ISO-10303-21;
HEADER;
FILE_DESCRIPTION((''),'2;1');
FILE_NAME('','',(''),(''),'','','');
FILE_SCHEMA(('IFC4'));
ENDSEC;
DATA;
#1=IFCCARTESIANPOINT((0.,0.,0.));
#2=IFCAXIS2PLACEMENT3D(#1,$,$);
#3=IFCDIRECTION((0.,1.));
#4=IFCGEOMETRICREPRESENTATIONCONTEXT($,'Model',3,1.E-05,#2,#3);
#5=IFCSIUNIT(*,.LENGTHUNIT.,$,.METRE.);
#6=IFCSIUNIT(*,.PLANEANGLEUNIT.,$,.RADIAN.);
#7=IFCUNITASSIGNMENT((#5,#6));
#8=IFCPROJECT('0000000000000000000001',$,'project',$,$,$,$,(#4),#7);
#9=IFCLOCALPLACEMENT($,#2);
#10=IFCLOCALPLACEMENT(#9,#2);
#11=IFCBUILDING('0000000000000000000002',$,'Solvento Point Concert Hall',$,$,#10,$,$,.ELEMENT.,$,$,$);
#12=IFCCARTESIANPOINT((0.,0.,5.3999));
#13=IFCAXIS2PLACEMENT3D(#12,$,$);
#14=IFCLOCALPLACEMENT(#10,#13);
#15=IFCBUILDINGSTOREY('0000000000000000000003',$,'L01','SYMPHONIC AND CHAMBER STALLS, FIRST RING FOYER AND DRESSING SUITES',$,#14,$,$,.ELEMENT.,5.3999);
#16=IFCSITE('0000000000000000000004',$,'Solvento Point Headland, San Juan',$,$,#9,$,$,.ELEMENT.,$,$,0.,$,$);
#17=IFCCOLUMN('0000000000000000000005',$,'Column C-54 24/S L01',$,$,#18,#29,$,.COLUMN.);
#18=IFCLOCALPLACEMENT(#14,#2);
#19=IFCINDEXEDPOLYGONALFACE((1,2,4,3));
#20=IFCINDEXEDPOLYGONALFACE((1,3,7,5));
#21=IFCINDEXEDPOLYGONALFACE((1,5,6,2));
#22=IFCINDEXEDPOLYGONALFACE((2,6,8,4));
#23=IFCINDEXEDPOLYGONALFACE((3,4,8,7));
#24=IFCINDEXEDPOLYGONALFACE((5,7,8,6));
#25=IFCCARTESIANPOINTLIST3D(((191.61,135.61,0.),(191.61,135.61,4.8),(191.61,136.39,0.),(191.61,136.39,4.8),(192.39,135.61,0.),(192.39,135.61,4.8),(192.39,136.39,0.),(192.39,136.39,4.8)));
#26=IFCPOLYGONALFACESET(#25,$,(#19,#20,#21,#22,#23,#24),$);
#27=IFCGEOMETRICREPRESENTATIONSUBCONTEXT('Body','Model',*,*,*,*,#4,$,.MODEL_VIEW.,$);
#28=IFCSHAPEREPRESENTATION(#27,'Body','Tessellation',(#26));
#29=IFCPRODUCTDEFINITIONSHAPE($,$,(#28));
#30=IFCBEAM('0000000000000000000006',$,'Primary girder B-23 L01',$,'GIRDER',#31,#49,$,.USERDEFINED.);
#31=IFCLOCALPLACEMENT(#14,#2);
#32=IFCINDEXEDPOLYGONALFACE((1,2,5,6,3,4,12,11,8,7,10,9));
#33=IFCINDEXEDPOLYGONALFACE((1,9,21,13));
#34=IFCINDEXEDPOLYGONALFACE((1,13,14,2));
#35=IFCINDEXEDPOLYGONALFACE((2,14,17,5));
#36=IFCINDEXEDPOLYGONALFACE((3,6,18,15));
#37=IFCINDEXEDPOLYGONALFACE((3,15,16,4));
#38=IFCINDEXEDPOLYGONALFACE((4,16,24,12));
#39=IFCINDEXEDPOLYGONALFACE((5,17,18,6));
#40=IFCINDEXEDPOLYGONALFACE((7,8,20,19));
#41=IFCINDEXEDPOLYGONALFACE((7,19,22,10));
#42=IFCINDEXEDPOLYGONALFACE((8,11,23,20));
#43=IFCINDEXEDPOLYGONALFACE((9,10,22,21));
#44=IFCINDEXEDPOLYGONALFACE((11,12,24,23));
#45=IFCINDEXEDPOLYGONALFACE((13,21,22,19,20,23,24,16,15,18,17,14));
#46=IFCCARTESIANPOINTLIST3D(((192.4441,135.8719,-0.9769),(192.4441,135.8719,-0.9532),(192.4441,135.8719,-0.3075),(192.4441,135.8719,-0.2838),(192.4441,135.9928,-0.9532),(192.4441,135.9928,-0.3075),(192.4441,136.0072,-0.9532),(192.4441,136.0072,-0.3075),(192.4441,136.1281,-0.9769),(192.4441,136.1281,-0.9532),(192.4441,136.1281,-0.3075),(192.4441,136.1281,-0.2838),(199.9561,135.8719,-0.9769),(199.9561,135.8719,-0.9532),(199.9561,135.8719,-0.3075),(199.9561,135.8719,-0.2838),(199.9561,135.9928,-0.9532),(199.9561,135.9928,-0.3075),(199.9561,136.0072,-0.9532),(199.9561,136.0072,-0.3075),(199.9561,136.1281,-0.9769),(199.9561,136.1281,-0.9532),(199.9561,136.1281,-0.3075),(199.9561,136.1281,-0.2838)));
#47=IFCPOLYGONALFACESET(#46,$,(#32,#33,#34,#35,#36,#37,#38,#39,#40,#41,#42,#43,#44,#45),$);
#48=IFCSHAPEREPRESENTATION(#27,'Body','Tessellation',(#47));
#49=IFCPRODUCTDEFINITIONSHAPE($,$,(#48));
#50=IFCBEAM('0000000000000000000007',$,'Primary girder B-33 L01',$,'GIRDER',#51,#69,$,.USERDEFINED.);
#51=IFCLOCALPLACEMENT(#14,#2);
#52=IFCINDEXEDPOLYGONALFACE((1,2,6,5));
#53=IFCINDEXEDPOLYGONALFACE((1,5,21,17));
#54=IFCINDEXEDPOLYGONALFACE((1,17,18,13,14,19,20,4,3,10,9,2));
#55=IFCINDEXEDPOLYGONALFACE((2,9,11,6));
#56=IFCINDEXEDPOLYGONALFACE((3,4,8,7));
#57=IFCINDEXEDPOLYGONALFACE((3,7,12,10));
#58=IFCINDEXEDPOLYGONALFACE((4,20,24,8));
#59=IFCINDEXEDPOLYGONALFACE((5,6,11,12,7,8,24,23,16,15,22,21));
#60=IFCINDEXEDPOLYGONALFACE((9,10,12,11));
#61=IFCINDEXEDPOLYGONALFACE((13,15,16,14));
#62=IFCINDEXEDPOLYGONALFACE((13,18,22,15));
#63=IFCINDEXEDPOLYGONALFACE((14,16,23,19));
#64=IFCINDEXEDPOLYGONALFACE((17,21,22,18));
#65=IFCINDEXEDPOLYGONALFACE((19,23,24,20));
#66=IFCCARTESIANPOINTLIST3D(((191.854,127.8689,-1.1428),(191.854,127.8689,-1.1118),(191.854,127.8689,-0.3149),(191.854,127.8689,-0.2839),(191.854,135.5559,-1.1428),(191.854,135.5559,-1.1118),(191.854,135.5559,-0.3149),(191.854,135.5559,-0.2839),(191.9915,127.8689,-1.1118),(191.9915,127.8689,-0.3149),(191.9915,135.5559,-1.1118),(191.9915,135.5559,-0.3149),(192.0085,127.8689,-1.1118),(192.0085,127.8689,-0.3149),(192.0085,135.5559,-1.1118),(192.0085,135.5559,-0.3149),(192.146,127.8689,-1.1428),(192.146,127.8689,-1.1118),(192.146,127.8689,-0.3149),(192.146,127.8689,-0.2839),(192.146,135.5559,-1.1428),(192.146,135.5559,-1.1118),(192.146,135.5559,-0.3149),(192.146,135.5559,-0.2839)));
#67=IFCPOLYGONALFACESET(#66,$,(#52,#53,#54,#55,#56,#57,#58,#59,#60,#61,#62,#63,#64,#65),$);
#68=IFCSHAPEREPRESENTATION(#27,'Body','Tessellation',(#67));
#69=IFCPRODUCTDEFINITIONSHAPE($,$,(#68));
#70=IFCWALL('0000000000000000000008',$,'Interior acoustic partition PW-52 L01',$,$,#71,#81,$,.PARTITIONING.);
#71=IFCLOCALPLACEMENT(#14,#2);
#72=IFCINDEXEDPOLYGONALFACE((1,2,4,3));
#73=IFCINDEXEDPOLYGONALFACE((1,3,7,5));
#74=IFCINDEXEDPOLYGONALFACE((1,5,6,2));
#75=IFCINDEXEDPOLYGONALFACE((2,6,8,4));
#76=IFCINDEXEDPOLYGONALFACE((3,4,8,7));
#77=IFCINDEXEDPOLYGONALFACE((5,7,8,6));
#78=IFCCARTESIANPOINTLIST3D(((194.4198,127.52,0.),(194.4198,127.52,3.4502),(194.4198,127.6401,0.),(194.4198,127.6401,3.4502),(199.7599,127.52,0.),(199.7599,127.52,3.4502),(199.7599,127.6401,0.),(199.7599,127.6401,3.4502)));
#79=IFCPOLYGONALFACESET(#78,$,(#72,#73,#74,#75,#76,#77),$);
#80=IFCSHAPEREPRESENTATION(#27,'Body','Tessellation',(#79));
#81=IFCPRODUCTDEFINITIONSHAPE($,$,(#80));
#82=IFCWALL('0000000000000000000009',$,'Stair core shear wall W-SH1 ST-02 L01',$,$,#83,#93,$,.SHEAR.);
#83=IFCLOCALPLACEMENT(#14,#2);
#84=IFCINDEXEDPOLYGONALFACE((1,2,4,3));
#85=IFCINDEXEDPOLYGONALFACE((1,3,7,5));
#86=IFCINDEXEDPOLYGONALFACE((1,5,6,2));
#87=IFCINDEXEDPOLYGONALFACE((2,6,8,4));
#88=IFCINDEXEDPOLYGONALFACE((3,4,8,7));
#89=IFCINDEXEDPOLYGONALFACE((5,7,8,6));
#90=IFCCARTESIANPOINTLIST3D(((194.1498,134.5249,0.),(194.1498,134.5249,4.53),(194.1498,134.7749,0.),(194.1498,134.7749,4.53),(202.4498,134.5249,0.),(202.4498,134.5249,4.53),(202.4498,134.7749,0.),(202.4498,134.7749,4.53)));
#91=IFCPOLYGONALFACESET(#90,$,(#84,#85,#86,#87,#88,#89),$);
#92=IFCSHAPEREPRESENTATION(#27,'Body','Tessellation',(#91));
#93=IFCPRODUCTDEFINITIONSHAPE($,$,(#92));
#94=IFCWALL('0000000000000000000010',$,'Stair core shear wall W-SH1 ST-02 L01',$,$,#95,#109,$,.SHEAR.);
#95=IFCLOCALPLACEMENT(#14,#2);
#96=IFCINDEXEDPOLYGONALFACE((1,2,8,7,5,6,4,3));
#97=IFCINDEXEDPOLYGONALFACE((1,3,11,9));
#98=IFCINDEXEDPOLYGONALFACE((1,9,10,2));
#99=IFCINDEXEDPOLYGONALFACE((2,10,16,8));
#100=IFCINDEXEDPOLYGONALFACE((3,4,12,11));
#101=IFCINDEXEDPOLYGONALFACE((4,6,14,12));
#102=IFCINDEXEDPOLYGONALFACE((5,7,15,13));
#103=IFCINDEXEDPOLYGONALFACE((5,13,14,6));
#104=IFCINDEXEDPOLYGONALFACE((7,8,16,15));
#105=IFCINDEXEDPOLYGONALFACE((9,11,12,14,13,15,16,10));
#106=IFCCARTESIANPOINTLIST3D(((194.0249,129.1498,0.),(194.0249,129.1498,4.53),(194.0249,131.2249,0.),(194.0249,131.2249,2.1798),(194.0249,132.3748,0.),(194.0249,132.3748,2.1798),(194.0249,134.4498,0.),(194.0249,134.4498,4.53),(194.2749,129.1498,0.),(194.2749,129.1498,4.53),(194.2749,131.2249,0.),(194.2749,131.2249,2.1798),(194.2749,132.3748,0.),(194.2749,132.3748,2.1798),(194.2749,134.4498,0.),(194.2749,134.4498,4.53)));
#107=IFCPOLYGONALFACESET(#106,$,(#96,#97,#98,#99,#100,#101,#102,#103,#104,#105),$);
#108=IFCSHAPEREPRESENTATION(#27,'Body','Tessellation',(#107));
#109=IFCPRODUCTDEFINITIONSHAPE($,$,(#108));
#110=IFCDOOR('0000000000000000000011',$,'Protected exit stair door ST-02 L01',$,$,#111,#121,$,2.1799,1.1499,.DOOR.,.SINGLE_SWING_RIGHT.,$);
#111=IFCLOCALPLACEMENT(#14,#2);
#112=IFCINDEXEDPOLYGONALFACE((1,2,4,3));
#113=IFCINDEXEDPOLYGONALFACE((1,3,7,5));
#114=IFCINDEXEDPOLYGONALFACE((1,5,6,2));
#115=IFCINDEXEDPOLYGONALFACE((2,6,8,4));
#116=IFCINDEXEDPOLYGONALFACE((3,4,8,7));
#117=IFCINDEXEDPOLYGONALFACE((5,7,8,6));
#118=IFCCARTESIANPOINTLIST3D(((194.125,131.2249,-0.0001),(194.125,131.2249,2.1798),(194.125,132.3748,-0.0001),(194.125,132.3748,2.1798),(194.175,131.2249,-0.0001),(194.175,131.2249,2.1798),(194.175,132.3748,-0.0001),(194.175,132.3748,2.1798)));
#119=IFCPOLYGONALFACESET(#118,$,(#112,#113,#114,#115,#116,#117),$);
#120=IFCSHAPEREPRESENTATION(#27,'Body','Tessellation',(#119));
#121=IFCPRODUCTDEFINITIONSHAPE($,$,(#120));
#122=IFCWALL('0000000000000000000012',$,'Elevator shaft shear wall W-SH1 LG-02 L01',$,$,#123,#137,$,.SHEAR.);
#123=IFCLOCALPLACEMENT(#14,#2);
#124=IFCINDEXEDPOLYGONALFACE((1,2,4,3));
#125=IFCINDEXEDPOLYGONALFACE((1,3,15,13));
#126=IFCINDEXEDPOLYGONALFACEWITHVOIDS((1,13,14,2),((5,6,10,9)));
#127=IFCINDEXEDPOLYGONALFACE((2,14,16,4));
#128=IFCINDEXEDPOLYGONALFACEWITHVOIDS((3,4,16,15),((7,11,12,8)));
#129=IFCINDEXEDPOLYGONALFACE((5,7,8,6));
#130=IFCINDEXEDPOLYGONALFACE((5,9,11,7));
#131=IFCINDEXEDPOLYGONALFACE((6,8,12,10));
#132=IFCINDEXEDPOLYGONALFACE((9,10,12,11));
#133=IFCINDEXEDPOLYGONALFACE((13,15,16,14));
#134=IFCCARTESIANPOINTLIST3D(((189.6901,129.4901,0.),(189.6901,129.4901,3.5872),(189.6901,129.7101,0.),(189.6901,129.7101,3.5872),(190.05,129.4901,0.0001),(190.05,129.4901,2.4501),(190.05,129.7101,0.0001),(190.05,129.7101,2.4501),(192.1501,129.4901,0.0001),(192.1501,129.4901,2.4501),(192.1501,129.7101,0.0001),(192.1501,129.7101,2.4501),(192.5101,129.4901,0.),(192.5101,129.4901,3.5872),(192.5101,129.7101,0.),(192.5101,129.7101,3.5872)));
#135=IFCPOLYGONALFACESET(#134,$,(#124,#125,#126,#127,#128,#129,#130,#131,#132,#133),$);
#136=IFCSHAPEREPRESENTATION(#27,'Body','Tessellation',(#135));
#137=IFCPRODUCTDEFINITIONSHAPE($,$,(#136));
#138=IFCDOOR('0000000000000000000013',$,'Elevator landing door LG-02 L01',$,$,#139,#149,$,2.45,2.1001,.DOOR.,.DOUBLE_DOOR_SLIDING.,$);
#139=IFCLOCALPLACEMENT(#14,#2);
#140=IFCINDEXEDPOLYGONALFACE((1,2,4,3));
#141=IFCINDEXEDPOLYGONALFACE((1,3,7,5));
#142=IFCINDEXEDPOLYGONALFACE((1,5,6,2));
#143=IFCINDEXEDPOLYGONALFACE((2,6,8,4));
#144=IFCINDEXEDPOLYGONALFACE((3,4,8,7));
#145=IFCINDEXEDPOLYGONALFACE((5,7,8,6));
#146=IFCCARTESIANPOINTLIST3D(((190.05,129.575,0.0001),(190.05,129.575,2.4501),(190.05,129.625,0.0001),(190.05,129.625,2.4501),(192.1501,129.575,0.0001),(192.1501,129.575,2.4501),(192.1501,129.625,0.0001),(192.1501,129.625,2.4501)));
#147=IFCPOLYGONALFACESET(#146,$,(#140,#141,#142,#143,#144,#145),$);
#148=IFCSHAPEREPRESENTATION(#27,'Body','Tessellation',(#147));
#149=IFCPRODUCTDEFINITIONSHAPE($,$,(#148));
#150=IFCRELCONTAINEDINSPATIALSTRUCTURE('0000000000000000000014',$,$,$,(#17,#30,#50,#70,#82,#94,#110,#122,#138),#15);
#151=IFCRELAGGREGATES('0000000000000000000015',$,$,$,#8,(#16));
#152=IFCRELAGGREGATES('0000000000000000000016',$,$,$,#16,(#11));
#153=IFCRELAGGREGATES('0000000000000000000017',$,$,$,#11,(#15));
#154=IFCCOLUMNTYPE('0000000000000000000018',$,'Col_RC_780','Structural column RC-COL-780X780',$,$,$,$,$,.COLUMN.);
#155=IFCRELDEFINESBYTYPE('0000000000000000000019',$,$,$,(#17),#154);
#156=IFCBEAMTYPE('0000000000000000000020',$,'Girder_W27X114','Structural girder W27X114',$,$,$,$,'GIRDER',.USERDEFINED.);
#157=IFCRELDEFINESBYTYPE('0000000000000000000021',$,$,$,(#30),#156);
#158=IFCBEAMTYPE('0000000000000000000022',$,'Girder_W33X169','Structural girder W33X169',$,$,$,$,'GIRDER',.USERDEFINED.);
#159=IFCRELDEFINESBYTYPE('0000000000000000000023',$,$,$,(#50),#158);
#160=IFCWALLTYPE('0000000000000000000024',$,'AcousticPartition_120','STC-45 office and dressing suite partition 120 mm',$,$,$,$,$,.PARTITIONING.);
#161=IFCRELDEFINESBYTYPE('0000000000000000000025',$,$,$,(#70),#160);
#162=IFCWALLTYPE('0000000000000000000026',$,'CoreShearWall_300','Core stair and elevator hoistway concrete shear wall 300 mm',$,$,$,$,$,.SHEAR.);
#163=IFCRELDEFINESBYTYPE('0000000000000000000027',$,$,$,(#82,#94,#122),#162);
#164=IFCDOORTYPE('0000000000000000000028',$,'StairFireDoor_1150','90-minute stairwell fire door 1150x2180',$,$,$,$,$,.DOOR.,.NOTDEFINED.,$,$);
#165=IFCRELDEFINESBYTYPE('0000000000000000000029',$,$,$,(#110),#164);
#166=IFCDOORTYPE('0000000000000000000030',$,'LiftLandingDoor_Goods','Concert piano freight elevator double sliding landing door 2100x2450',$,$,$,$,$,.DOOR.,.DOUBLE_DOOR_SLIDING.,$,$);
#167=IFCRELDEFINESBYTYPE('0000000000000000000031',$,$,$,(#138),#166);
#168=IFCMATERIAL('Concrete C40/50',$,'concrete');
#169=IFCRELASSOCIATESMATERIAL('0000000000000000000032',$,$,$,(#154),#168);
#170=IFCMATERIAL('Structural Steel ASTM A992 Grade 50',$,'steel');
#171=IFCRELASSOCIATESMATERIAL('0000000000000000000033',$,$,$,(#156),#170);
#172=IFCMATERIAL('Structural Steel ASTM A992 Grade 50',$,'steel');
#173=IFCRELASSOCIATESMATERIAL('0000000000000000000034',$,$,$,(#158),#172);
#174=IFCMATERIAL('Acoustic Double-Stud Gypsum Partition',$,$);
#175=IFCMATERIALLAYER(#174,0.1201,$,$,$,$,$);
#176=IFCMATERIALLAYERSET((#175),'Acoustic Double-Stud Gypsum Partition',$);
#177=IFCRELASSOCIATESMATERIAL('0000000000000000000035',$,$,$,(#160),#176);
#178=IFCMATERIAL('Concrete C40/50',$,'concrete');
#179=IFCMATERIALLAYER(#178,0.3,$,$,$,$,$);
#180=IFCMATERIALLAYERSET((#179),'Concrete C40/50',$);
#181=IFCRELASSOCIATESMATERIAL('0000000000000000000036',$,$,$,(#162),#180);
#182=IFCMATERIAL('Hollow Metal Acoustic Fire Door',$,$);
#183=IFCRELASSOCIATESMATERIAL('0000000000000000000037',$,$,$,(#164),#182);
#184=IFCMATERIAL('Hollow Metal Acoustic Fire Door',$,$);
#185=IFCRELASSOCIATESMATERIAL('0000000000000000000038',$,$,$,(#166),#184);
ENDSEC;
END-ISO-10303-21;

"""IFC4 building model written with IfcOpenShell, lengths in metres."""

from ifc_helpers import new_model, si_unit, direction, frame, frame_2d, origin, origin_2d, place, context, subcontext, project, spatial, rectangle, i_section, extrude, material, layer, layer_set, material_profile, profile_set, type_object, element, fill, save


model = new_model("IFC4")

# Units and contexts
model_context = context("Model", 3, precision=1e-05, world=origin(), true_north=direction((0.0, 1.0)))
body_context = subcontext(model_context, "Body", "Model", "MODEL_VIEW")
ifc_project = project(units=[si_unit("LENGTHUNIT", "METRE"), si_unit("PLANEANGLEUNIT", "RADIAN")], contexts=[model_context])

# Site, building, storey
site_placement = place(None, origin())
site = spatial("IfcSite", under=ifc_project, at=site_placement, Name="Solvento Point Headland, San Juan", CompositionType="ELEMENT", RefElevation=0.0)
building_placement = place(site_placement, origin())
building = spatial("IfcBuilding", under=site, at=building_placement, Name="Solvento Point Concert Hall", CompositionType="ELEMENT")
storey_placement = place(building_placement, frame((0.0, 0.0, 5.3999)))
storey = spatial("IfcBuildingStorey", under=building, at=storey_placement, Name="L01", Description="SYMPHONIC AND CHAMBER STALLS, FIRST RING FOYER AND DRESSING SUITES", CompositionType="ELEMENT", Elevation=5.3999)

# Column
ifc_material_1 = material(Name="Concrete C40/50", Category="concrete")
ifc_material_profile_1 = material_profile(ifc_material_1, rectangle(XDim=0.78, YDim=0.78, at=origin_2d()), Name="RC-COL-780X780")
ifc_profile_set_1 = profile_set([ifc_material_profile_1], Name="Concrete C40/50")
column_type = type_object("IfcColumnType", Name="Col_RC_780", Description="Structural column RC-COL-780X780", PredefinedType="COLUMN", material=ifc_profile_set_1)
column_placement = place(storey_placement, frame((192.0, 136.0, 0.0), z_axis=(0.0, 0.0, 1.0), x_axis=(1.0, 0.0, 0.0)))
element("IfcColumn", 1, at=column_placement, inside=storey, type_object=column_type, Name="Column C-54 24/S L01", PredefinedType="COLUMN", context=body_context, shape_type="SweptSolid", body=[
    extrude(rectangle(XDim=0.78, YDim=0.78, at=origin_2d()), origin(), (0.0, 0.0, 1.0), 4.8),
])

# Beams
ifc_material_2 = material(Name="Structural Steel ASTM A992 Grade 50", Category="steel")
ifc_material_profile_2 = material_profile(ifc_material_2, i_section(OverallWidth=0.2561, OverallDepth=0.6931, WebThickness=0.0144, FlangeThickness=0.0237, at=origin_2d()), Name="W27X114")
ifc_profile_set_2 = profile_set([ifc_material_profile_2], Name="Structural Steel ASTM A992 Grade 50")
beam_type_1 = type_object("IfcBeamType", Name="Girder_W27X114", Description="Structural girder W27X114", ElementType="GIRDER", PredefinedType="USERDEFINED", material=ifc_profile_set_2)
beam_1_placement = place(storey_placement, frame((192.4441, 136.0, -0.6304), z_axis=(1.0, 0.0, 0.0), x_axis=(0.0, 1.0, 0.0)))
element("IfcBeam", 2, at=beam_1_placement, inside=storey, type_object=beam_type_1, Name="Primary girder B-23 L01", ObjectType="GIRDER", PredefinedType="USERDEFINED", context=body_context, shape_type="SweptSolid", body=[
    extrude(i_section(OverallWidth=0.2561, OverallDepth=0.6931, WebThickness=0.0144, FlangeThickness=0.0237, at=origin_2d()), origin(), (0.0, 0.0, 1.0), 7.512),
])
ifc_material_3 = material(Name="Structural Steel ASTM A992 Grade 50", Category="steel")
ifc_material_profile_3 = material_profile(ifc_material_3, i_section(OverallWidth=0.292, OverallDepth=0.8589, WebThickness=0.0171, FlangeThickness=0.031, at=origin_2d()), Name="W33X169")
ifc_profile_set_3 = profile_set([ifc_material_profile_3], Name="Structural Steel ASTM A992 Grade 50")
beam_type_2 = type_object("IfcBeamType", Name="Girder_W33X169", Description="Structural girder W33X169", ElementType="GIRDER", PredefinedType="USERDEFINED", material=ifc_profile_set_3)
beam_2_placement = place(storey_placement, frame((192.0, 127.8689, -0.7134), z_axis=(0.0, 1.0, 0.0), x_axis=(-1.0, 0.0, 0.0)))
element("IfcBeam", 3, at=beam_2_placement, inside=storey, type_object=beam_type_2, Name="Primary girder B-33 L01", ObjectType="GIRDER", PredefinedType="USERDEFINED", context=body_context, shape_type="SweptSolid", body=[
    extrude(i_section(OverallWidth=0.292, OverallDepth=0.8589, WebThickness=0.0171, FlangeThickness=0.031, at=origin_2d()), origin(), (0.0, 0.0, 1.0), 7.687),
])

# Walls
ifc_material_4 = material(Name="Acoustic Double-Stud Gypsum Partition")
ifc_layer_1 = layer(ifc_material_4, 0.1201)
ifc_layer_set_1 = layer_set([ifc_layer_1], Name="Acoustic Double-Stud Gypsum Partition")
wall_type_1 = type_object("IfcWallType", Name="AcousticPartition_120", Description="STC-45 office and dressing suite partition 120 mm", PredefinedType="PARTITIONING", material=ifc_layer_set_1)
wall_1_placement = place(storey_placement, frame((194.4199, 127.5801, 0.0), z_axis=(0.0, 0.0, 1.0), x_axis=(1.0, 0.0, 0.0)))
element("IfcWall", 4, at=wall_1_placement, inside=storey, type_object=wall_type_1, Name="Interior acoustic partition PW-52 L01", PredefinedType="PARTITIONING", context=body_context, shape_type="SweptSolid", body=[
    extrude(rectangle(XDim=5.3401, YDim=0.1201, at=frame_2d((2.6699, 0.0))), origin(), (0.0, 0.0, 1.0), 3.4502),
])
ifc_material_5 = material(Name="Concrete C40/50", Category="concrete")
ifc_layer_2 = layer(ifc_material_5, 0.3)
ifc_layer_set_2 = layer_set([ifc_layer_2], Name="Concrete C40/50")
wall_type_2 = type_object("IfcWallType", Name="CoreShearWall_300", Description="Core stair and elevator hoistway concrete shear wall 300 mm", PredefinedType="SHEAR", material=ifc_layer_set_2)
wall_2_placement = place(storey_placement, frame((194.1499, 134.6499, 0.0), z_axis=(0.0, 0.0, 1.0), x_axis=(1.0, 0.0, 0.0)))
element("IfcWall", 5, at=wall_2_placement, inside=storey, type_object=wall_type_2, Name="Stair core shear wall W-SH1 ST-02 L01", PredefinedType="SHEAR", context=body_context, shape_type="SweptSolid", body=[
    extrude(rectangle(XDim=8.3, YDim=0.25, at=frame_2d((4.1499, 0.0))), origin(), (0.0, 0.0, 1.0), 4.53),
])

# Walls, openings, doors
wall_3_placement = place(storey_placement, frame((194.1499, 129.1499, 0.0), z_axis=(0.0, 0.0, 1.0), x_axis=(0.0, 1.0, 0.0)))
wall_3 = element("IfcWall", 6, at=wall_3_placement, inside=storey, type_object=wall_type_2, Name="Stair core shear wall W-SH1 ST-02 L01", PredefinedType="SHEAR", context=body_context, shape_type="SweptSolid", body=[
    extrude(rectangle(XDim=5.3, YDim=0.25, at=frame_2d((2.6499, 0.0))), origin(), (0.0, 0.0, 1.0), 4.53),
])
opening_1_placement = place(wall_3_placement, frame((2.075, 0.0, 0.0)))
opening_1 = element("IfcOpeningElement", 7, at=opening_1_placement, cuts=wall_3, PredefinedType="OPENING", context=body_context, shape_type="SweptSolid", body=[
    extrude(rectangle(XDim=1.1499, YDim=2.1799, at=frame_2d((0.575, 1.0898))), frame((0.0, 0.135, 0.0), z_axis=(0.0, -1.0, 0.0), x_axis=(1.0, 0.0, 0.0)), (0.0, 0.0, 1.0), 0.27),
])
ifc_material_6 = material(Name="Hollow Metal Acoustic Fire Door")
door_type_1 = type_object("IfcDoorType", Name="StairFireDoor_1150", Description="90-minute stairwell fire door 1150x2180", OperationType="NOTDEFINED", PredefinedType="DOOR", material=ifc_material_6)
door_1_placement = place(opening_1_placement, origin())
door_1 = element("IfcDoor", 8, at=door_1_placement, inside=storey, type_object=door_type_1, Name="Protected exit stair door ST-02 L01", OperationType="SINGLE_SWING_RIGHT", OverallHeight=2.1799, OverallWidth=1.1499, PredefinedType="DOOR", context=body_context, shape_type="SweptSolid", body=[
    extrude(rectangle(XDim=1.1499, YDim=2.1799, at=frame_2d((0.575, 1.0898))), frame((0.0, 0.0249, 0.0), z_axis=(0.0, -1.0, 0.0), x_axis=(1.0, 0.0, 0.0)), (0.0, 0.0, 1.0), 0.05),
])
fill(opening_1, door_1)
wall_4_placement = place(storey_placement, frame((189.6899, 129.6001, 0.0), z_axis=(0.0, 0.0, 1.0), x_axis=(1.0, 0.0, 0.0)))
wall_4 = element("IfcWall", 9, at=wall_4_placement, inside=storey, type_object=wall_type_2, Name="Elevator shaft shear wall W-SH1 LG-02 L01", PredefinedType="SHEAR", context=body_context, shape_type="SweptSolid", body=[
    extrude(rectangle(XDim=2.8201, YDim=0.22, at=frame_2d((1.4102, 0.0))), origin(), (0.0, 0.0, 1.0), 3.5872),
])
opening_2_placement = place(wall_4_placement, frame((0.3601, 0.0, 0.0)))
opening_2 = element("IfcOpeningElement", 10, at=opening_2_placement, cuts=wall_4, PredefinedType="OPENING", context=body_context, shape_type="SweptSolid", body=[
    extrude(rectangle(XDim=2.1001, YDim=2.45, at=frame_2d((1.05, 1.2251))), frame((0.0, 0.1199, 0.0), z_axis=(0.0, -1.0, 0.0), x_axis=(1.0, 0.0, 0.0)), (0.0, 0.0, 1.0), 0.24),
])
ifc_material_7 = material(Name="Hollow Metal Acoustic Fire Door")
door_type_2 = type_object("IfcDoorType", Name="LiftLandingDoor_Goods", Description="Concert piano freight elevator double sliding landing door 2100x2450", OperationType="DOUBLE_DOOR_SLIDING", PredefinedType="DOOR", material=ifc_material_7)
door_2_placement = place(opening_2_placement, origin())
door_2 = element("IfcDoor", 11, at=door_2_placement, inside=storey, type_object=door_type_2, Name="Elevator landing door LG-02 L01", OperationType="DOUBLE_DOOR_SLIDING", OverallHeight=2.45, OverallWidth=2.1001, PredefinedType="DOOR", context=body_context, shape_type="SweptSolid", body=[
    extrude(rectangle(XDim=2.1001, YDim=2.45, at=frame_2d((1.05, 1.2251))), frame((0.0, 0.0249, 0.0), z_axis=(0.0, -1.0, 0.0), x_axis=(1.0, 0.0, 0.0)), (0.0, 0.0, 1.0), 0.05),
])
fill(opening_2, door_2)

save(model, "model.ifc")
